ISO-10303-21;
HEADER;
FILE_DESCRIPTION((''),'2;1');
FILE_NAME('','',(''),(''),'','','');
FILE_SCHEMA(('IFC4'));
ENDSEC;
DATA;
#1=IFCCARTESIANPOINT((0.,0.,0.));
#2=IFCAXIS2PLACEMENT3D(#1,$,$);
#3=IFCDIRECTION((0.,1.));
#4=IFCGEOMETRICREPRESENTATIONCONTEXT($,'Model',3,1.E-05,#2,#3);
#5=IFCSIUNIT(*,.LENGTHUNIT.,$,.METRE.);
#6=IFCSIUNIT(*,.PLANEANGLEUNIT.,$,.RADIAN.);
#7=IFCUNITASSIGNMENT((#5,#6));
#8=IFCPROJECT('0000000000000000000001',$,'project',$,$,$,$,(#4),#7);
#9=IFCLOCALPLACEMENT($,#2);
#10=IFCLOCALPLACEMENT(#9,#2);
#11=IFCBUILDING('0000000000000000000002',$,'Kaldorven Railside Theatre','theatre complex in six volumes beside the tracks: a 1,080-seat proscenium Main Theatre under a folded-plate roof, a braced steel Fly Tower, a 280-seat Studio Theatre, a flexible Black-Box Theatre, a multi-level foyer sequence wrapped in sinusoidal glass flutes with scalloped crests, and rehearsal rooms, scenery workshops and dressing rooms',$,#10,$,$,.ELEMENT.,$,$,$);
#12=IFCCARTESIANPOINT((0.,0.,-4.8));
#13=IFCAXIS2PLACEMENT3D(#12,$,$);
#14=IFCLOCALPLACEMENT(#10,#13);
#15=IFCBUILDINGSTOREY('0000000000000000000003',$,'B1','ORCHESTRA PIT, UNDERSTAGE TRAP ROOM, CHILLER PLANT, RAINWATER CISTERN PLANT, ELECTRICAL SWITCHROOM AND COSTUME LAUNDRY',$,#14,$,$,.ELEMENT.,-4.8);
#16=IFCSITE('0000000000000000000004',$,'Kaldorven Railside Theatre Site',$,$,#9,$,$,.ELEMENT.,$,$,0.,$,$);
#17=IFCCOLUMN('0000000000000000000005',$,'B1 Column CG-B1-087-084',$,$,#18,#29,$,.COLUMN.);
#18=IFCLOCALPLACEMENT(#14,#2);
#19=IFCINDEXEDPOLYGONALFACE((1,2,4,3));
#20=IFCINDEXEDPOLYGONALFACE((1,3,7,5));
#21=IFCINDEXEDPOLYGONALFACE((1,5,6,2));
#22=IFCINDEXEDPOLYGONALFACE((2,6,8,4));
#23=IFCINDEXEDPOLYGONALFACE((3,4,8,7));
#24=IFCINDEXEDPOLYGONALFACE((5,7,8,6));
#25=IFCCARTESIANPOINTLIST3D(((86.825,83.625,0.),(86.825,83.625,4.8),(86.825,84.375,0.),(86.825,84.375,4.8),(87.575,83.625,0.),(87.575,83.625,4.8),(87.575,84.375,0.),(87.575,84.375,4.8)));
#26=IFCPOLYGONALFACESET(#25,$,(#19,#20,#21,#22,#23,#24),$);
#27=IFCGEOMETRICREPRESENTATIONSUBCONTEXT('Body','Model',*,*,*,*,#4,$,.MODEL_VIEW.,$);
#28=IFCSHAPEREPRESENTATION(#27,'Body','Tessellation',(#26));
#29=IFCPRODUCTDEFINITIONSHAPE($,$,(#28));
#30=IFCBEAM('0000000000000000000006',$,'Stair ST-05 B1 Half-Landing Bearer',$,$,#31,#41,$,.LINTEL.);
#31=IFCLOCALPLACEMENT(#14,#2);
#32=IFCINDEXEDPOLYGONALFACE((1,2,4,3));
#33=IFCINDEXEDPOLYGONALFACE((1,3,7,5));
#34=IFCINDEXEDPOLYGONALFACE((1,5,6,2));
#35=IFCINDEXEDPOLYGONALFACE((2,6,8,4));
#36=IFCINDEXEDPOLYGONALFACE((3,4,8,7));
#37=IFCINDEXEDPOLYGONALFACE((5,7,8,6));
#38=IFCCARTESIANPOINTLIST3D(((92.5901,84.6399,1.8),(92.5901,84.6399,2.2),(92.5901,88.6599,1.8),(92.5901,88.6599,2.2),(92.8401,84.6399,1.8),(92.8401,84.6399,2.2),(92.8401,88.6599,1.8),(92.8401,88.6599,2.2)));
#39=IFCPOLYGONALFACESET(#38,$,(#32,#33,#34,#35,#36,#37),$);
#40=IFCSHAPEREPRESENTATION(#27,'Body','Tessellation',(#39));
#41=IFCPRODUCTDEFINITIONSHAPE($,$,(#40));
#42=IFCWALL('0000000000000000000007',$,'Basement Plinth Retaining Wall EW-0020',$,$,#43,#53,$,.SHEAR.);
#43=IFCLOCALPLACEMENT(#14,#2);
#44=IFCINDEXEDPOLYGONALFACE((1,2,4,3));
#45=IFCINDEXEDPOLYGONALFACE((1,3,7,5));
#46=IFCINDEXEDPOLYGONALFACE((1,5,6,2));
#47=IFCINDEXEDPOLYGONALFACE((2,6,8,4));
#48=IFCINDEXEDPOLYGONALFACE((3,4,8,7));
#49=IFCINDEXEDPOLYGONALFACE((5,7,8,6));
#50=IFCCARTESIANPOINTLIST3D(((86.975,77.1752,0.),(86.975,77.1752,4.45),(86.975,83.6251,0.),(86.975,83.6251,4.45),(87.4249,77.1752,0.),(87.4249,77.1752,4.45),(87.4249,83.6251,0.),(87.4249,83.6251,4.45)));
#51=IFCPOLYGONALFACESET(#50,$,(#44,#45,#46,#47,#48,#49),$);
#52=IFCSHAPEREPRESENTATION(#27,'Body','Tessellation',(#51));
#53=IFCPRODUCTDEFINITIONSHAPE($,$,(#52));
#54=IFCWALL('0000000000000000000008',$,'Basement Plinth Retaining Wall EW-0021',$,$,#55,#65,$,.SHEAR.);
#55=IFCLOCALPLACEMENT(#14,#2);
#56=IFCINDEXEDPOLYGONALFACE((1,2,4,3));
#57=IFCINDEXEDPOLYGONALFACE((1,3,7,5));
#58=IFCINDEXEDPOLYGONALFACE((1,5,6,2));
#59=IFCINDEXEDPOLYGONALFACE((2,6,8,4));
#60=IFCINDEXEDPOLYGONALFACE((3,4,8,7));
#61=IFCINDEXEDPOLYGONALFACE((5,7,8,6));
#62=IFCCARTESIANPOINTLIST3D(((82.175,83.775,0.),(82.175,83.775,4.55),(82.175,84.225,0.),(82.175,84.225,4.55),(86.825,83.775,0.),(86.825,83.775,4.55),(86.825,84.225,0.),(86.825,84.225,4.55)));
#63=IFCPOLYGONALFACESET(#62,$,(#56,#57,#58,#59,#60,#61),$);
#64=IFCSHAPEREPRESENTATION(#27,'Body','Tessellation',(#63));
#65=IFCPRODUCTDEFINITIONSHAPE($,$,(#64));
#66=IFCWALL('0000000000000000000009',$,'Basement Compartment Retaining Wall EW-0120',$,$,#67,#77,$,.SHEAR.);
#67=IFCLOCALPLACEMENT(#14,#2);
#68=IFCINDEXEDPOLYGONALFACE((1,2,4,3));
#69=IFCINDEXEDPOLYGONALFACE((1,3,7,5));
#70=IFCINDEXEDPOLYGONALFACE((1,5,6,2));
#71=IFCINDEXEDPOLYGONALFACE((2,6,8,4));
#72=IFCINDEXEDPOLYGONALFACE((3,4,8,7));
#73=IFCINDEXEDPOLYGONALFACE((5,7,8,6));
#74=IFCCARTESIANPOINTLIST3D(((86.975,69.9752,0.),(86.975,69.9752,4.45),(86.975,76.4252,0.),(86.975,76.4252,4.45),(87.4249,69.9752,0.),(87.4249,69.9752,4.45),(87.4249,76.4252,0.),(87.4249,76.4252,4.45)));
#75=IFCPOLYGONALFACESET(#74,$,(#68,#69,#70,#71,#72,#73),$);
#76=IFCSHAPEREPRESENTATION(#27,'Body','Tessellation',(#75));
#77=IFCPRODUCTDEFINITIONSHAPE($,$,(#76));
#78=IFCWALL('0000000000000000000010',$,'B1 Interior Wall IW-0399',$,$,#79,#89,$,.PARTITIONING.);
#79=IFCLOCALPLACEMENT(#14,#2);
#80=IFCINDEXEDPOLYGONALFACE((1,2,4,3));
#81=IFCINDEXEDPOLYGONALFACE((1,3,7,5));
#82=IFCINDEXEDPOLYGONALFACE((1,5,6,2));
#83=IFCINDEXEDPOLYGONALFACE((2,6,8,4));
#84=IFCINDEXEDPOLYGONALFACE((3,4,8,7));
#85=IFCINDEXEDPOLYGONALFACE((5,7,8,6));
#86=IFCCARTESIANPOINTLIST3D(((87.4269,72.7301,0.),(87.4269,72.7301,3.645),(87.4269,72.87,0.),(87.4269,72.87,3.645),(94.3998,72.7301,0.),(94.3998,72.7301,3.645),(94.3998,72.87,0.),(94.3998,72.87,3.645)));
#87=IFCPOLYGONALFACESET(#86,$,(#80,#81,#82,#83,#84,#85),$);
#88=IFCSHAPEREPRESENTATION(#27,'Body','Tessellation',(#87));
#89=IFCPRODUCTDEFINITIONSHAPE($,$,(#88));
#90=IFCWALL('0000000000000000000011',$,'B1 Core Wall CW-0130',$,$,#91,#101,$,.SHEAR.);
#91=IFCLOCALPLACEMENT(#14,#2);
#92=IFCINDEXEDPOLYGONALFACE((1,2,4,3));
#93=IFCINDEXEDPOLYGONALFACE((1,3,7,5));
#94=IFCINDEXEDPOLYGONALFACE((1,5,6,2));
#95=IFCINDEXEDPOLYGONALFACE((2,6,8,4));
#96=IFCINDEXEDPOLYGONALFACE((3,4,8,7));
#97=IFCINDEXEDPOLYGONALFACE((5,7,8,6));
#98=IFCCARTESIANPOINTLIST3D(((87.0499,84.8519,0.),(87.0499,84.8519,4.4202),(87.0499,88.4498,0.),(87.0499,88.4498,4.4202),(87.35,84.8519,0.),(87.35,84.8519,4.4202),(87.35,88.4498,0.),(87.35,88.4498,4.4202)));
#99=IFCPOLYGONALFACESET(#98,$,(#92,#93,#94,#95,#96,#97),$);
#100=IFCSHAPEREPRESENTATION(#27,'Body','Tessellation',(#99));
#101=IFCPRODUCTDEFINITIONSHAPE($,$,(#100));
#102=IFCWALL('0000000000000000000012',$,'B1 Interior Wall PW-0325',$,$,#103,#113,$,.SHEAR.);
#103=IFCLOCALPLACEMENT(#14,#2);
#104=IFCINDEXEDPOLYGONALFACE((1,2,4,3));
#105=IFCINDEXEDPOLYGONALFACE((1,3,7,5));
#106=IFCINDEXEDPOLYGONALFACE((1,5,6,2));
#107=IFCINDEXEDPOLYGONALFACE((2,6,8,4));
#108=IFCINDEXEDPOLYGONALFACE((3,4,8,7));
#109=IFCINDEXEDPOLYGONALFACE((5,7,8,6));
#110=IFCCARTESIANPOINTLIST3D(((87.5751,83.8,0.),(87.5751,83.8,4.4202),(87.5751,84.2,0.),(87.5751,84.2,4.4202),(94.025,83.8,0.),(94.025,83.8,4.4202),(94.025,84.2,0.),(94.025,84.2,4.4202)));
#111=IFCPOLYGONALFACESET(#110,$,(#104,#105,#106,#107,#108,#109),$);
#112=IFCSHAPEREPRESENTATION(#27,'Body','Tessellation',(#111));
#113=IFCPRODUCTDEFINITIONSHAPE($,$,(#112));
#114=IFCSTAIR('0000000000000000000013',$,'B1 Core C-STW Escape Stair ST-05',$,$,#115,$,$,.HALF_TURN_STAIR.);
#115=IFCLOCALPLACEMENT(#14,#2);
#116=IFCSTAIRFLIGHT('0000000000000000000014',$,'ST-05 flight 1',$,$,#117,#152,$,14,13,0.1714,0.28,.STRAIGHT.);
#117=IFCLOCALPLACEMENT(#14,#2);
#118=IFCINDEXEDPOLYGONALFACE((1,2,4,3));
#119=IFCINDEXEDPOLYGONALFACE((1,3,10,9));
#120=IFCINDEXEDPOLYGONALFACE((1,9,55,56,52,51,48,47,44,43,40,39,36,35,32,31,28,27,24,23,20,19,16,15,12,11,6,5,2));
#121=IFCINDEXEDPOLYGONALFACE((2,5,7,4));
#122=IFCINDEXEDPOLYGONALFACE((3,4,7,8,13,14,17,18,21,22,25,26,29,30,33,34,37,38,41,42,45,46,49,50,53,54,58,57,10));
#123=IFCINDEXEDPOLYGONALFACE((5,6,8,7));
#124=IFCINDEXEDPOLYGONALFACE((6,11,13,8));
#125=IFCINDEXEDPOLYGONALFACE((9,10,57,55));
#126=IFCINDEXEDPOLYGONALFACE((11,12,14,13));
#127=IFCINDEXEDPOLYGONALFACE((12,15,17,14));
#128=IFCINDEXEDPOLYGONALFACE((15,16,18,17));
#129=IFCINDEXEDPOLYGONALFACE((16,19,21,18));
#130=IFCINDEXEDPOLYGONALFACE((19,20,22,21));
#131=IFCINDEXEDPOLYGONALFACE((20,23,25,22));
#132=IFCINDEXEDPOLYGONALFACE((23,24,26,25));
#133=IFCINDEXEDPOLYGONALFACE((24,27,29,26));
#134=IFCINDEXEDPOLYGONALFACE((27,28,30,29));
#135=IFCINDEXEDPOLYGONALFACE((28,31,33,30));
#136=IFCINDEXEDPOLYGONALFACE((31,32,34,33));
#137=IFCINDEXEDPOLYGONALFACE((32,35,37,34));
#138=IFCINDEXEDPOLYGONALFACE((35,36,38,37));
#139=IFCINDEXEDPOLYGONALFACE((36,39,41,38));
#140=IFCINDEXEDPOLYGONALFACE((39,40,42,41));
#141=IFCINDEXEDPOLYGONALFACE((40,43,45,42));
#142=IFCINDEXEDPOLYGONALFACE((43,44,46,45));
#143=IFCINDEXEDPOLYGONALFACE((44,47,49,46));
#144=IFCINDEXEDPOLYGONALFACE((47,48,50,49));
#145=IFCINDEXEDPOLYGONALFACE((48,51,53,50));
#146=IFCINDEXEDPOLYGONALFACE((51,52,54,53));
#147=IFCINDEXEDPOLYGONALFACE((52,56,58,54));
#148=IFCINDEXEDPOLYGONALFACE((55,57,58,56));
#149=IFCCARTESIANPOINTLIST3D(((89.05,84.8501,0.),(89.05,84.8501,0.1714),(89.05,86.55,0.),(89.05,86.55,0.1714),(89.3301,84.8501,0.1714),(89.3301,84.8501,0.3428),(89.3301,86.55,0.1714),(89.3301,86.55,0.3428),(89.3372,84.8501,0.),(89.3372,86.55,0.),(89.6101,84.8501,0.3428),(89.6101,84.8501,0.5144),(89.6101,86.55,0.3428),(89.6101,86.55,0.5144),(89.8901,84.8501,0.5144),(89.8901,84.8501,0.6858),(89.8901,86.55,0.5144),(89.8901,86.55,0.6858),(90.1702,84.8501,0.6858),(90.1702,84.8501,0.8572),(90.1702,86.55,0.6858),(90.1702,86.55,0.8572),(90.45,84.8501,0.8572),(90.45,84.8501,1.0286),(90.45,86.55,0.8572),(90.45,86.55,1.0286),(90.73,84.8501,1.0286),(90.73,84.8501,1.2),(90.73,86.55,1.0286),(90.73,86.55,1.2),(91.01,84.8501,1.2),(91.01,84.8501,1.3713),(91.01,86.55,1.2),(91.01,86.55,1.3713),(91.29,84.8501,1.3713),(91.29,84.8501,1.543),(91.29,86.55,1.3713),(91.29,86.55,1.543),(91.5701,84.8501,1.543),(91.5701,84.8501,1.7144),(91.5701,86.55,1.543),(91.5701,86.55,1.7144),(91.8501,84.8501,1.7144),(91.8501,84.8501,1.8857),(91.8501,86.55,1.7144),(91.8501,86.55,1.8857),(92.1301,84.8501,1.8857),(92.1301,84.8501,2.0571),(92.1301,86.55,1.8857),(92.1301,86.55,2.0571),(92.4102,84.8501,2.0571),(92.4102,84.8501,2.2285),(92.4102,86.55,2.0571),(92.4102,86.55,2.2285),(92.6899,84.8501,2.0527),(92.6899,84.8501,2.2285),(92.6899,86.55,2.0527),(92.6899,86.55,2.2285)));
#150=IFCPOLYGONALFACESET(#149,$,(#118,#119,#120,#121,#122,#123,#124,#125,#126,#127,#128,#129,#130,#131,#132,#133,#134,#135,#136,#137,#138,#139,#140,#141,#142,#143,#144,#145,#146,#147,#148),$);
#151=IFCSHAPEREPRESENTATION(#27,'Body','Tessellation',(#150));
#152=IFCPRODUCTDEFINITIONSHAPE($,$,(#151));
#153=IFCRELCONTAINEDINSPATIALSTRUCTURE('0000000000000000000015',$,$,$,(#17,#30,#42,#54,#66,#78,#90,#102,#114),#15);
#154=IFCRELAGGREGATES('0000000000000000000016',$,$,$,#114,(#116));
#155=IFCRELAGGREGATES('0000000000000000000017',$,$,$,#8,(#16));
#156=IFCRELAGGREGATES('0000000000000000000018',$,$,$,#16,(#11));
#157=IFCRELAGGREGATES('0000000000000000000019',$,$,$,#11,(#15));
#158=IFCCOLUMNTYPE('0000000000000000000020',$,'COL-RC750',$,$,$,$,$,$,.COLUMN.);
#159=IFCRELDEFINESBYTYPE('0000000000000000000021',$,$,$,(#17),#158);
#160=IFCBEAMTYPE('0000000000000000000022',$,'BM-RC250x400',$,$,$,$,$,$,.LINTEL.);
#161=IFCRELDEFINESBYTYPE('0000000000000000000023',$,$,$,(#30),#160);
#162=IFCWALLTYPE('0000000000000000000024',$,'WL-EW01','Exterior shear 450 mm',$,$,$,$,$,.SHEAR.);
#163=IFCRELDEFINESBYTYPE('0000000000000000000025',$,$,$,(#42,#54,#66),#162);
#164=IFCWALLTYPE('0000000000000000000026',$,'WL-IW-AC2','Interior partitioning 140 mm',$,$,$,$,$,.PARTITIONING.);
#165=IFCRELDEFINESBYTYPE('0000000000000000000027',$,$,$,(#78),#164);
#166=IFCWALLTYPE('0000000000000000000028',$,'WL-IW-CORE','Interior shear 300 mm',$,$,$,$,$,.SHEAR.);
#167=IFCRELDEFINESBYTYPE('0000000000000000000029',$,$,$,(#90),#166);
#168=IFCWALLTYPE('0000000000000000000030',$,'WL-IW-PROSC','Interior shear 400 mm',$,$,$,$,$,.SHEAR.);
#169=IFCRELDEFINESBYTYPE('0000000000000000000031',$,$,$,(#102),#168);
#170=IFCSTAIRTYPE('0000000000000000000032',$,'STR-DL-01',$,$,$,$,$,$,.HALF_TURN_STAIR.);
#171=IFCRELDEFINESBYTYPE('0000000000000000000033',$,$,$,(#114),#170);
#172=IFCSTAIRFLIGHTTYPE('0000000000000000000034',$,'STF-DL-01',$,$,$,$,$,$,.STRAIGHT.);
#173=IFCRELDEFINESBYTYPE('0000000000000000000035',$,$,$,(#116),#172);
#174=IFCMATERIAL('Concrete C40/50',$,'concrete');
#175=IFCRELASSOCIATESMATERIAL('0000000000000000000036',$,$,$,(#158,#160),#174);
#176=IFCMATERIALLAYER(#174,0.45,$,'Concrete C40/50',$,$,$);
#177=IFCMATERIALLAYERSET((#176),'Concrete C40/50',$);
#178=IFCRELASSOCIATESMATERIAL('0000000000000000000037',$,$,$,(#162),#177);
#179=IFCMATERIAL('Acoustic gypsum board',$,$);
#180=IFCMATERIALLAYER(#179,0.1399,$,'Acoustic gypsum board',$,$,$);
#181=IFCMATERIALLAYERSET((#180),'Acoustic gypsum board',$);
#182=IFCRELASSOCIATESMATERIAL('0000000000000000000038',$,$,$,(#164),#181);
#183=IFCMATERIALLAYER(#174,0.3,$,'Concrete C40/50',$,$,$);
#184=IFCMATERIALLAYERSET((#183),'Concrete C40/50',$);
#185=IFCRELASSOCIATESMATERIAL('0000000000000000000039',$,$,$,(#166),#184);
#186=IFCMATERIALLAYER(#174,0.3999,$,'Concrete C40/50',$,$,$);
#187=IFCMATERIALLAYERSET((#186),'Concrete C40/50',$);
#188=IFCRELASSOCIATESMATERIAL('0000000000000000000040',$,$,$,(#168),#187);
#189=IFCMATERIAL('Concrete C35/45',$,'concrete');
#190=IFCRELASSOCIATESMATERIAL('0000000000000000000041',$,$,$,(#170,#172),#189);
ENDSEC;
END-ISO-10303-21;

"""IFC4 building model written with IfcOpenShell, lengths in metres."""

from ifc_helpers import new_model, si_unit, direction, frame, frame_2d, origin, origin_2d, place, context, subcontext, project, spatial, polyline, rectangle, outline, extrude, material, layer, layer_set, material_profile, profile_set, type_object, element, aggregate, save


model = new_model("IFC4")

# Units and contexts
model_context = context("Model", 3, precision=1e-05, world=origin(), true_north=direction((0.0, 1.0)))
body_context = subcontext(model_context, "Body", "Model", "MODEL_VIEW")
ifc_project = project(units=[si_unit("LENGTHUNIT", "METRE"), si_unit("PLANEANGLEUNIT", "RADIAN")], contexts=[model_context])

# Site, building, storey
site_placement = place(None, origin())
site = spatial("IfcSite", under=ifc_project, at=site_placement, Name="Kaldorven Railside Theatre Site", CompositionType="ELEMENT", RefElevation=0.0)
building_placement = place(site_placement, origin())
building = spatial("IfcBuilding", under=site, at=building_placement, Name="Kaldorven Railside Theatre", Description="theatre complex in six volumes beside the tracks: a 1,080-seat proscenium Main Theatre under a folded-plate roof, a braced steel Fly Tower, a 280-seat Studio Theatre, a flexible Black-Box Theatre, a multi-level foyer sequence wrapped in sinusoidal glass flutes with scalloped crests, and rehearsal rooms, scenery workshops and dressing rooms", CompositionType="ELEMENT")
storey_placement = place(building_placement, frame((0.0, 0.0, -4.8)))
storey = spatial("IfcBuildingStorey", under=building, at=storey_placement, Name="B1", Description="ORCHESTRA PIT, UNDERSTAGE TRAP ROOM, CHILLER PLANT, RAINWATER CISTERN PLANT, ELECTRICAL SWITCHROOM AND COSTUME LAUNDRY", CompositionType="ELEMENT", Elevation=-4.8)

# Shared definitions
ifc_material_1 = material(Name="Concrete C40/50", Category="concrete")

# Shared definitions
ifc_material_2 = material(Name="Concrete C35/45", Category="concrete")

# Column
ifc_material_profile_1 = material_profile(ifc_material_1, rectangle(XDim=0.75, YDim=0.75, at=origin_2d()), Name="RC 750x750")
ifc_profile_set_1 = profile_set([ifc_material_profile_1], Name="Concrete C40/50")
column_type = type_object("IfcColumnType", Name="COL-RC750", PredefinedType="COLUMN", material=ifc_profile_set_1)
for number, where, z_axis, x_axis, name in (
    (1, (87.2, 84.0, 0.0), (0.0, 0.0, 1.0), (0.0, 1.0, 0.0), "B1 Column CG-B1-087-084"),
):
    element("IfcColumn", number, at=place(storey_placement, frame(where, z_axis=z_axis, x_axis=x_axis)), inside=storey, type_object=column_type, Name=name, PredefinedType="COLUMN", context=body_context, shape_type="SweptSolid", body=[
        extrude(rectangle(XDim=0.75, YDim=0.75, at=origin_2d()), origin(), (0.0, 0.0, 1.0), 4.8),
    ])

# Beam
ifc_material_profile_2 = material_profile(ifc_material_1, rectangle(XDim=0.25, YDim=0.3999, at=origin_2d()), Name="RC 250x400")
ifc_profile_set_2 = profile_set([ifc_material_profile_2], Name="Concrete C40/50")
beam_type = type_object("IfcBeamType", Name="BM-RC250x400", PredefinedType="LINTEL", material=ifc_profile_set_2)
beam_placement = place(storey_placement, frame((92.7151, 84.6399, 2.0), z_axis=(0.0, 1.0, 0.0), x_axis=(-1.0, 0.0, 0.0)))
element("IfcBeam", 2, at=beam_placement, inside=storey, type_object=beam_type, Name="Stair ST-05 B1 Half-Landing Bearer", PredefinedType="LINTEL", context=body_context, shape_type="SweptSolid", body=[
    extrude(rectangle(XDim=0.25, YDim=0.3999, at=origin_2d()), origin(), (0.0, 0.0, 1.0), 4.02),
])

# Walls
ifc_layer_1 = layer(ifc_material_1, 0.45, Name="Concrete C40/50")
ifc_layer_set_1 = layer_set([ifc_layer_1], Name="Concrete C40/50")
wall_type_1 = type_object("IfcWallType", Name="WL-EW01", Description="Exterior shear 450 mm", PredefinedType="SHEAR", material=ifc_layer_set_1)
wall_1_placement = place(storey_placement, frame((87.2, 77.175, 0.0), z_axis=(0.0, 0.0, 1.0), x_axis=(0.0, 1.0, 0.0)))
element("IfcWall", 3, at=wall_1_placement, inside=storey, type_object=wall_type_1, Name="Basement Plinth Retaining Wall EW-0020", PredefinedType="SHEAR", context=body_context, shape_type="SweptSolid", body=[
    extrude(rectangle(XDim=6.45, YDim=0.45, at=frame_2d((3.2251, 0.0))), origin(), (0.0, 0.0, 1.0), 4.45),
])
wall_2_placement = place(storey_placement, frame((86.825, 84.0, 0.0), z_axis=(0.0, 0.0, 1.0), x_axis=(-1.0, 0.0, 0.0)))
element("IfcWall", 4, at=wall_2_placement, inside=storey, type_object=wall_type_1, Name="Basement Plinth Retaining Wall EW-0021", PredefinedType="SHEAR", context=body_context, shape_type="SweptSolid", body=[
    extrude(rectangle(XDim=4.6499, YDim=0.45, at=frame_2d((2.325, 0.0))), origin(), (0.0, 0.0, 1.0), 4.55),
])
wall_3_placement = place(storey_placement, frame((87.2, 69.9751, 0.0), z_axis=(0.0, 0.0, 1.0), x_axis=(0.0, 1.0, 0.0)))
element("IfcWall", 5, at=wall_3_placement, inside=storey, type_object=wall_type_1, Name="Basement Compartment Retaining Wall EW-0120", PredefinedType="SHEAR", context=body_context, shape_type="SweptSolid", body=[
    extrude(rectangle(XDim=6.45, YDim=0.45, at=frame_2d((3.2251, 0.0))), origin(), (0.0, 0.0, 1.0), 4.45),
])
ifc_material_3 = material(Name="Acoustic gypsum board")
ifc_layer_2 = layer(ifc_material_3, 0.1399, Name="Acoustic gypsum board")
ifc_layer_set_2 = layer_set([ifc_layer_2], Name="Acoustic gypsum board")
wall_type_2 = type_object("IfcWallType", Name="WL-IW-AC2", Description="Interior partitioning 140 mm", PredefinedType="PARTITIONING", material=ifc_layer_set_2)
wall_4_placement = place(storey_placement, frame((87.427, 72.8, 0.0), z_axis=(0.0, 0.0, 1.0), x_axis=(1.0, 0.0, 0.0)))
element("IfcWall", 6, at=wall_4_placement, inside=storey, type_object=wall_type_2, Name="B1 Interior Wall IW-0399", PredefinedType="PARTITIONING", context=body_context, shape_type="SweptSolid", body=[
    extrude(rectangle(XDim=6.9729, YDim=0.1399, at=frame_2d((3.4863, 0.0))), origin(), (0.0, 0.0, 1.0), 3.645),
])
ifc_layer_3 = layer(ifc_material_1, 0.3, Name="Concrete C40/50")
ifc_layer_set_3 = layer_set([ifc_layer_3], Name="Concrete C40/50")
wall_type_3 = type_object("IfcWallType", Name="WL-IW-CORE", Description="Interior shear 300 mm", PredefinedType="SHEAR", material=ifc_layer_set_3)
wall_5_placement = place(storey_placement, frame((87.2, 84.8521, 0.0), z_axis=(0.0, 0.0, 1.0), x_axis=(0.0, 1.0, 0.0)))
element("IfcWall", 7, at=wall_5_placement, inside=storey, type_object=wall_type_3, Name="B1 Core Wall CW-0130", PredefinedType="SHEAR", context=body_context, shape_type="SweptSolid", body=[
    extrude(rectangle(XDim=3.5979, YDim=0.3, at=frame_2d((1.7988, 0.0))), origin(), (0.0, 0.0, 1.0), 4.4202),
])
ifc_layer_4 = layer(ifc_material_1, 0.3999, Name="Concrete C40/50")
ifc_layer_set_4 = layer_set([ifc_layer_4], Name="Concrete C40/50")
wall_type_4 = type_object("IfcWallType", Name="WL-IW-PROSC", Description="Interior shear 400 mm", PredefinedType="SHEAR", material=ifc_layer_set_4)
wall_6_placement = place(storey_placement, frame((87.575, 84.0, 0.0), z_axis=(0.0, 0.0, 1.0), x_axis=(1.0, 0.0, 0.0)))
element("IfcWall", 8, at=wall_6_placement, inside=storey, type_object=wall_type_4, Name="B1 Interior Wall PW-0325", PredefinedType="SHEAR", context=body_context, shape_type="SweptSolid", body=[
    extrude(rectangle(XDim=6.45, YDim=0.3999, at=frame_2d((3.2251, 0.0))), origin(), (0.0, 0.0, 1.0), 4.4202),
])

# Stair, stair flight
stair_type = type_object("IfcStairType", Name="STR-DL-01", PredefinedType="HALF_TURN_STAIR", material=ifc_material_2)
stair_placement = place(storey_placement, origin())
stair = element("IfcStair", 9, at=stair_placement, inside=storey, type_object=stair_type, Name="B1 Core C-STW Escape Stair ST-05", PredefinedType="HALF_TURN_STAIR")
stair_flight_type = type_object("IfcStairFlightType", Name="STF-DL-01", PredefinedType="STRAIGHT", material=ifc_material_2)
stair_flight_placement = place(storey_placement, frame((89.05, 85.7, 0.0), z_axis=(0.0, 0.0, 1.0), x_axis=(1.0, 0.0, 0.0)))
stair_flight = element("IfcStairFlight", 10, at=stair_flight_placement, type_object=stair_flight_type, Name="ST-05 flight 1", NumberOfRisers=14, NumberOfTreads=13, PredefinedType="STRAIGHT", RiserHeight=0.1714, TreadLength=0.28, context=body_context, shape_type="SweptSolid", body=[
    extrude(outline(polyline([(0.0, 0.0), (0.0, 0.1714), (0.28, 0.1714), (0.28, 0.3428), (0.5601, 0.3428), (0.5601, 0.5144), (0.8401, 0.5144), (0.8401, 0.6858), (1.1201, 0.6858), (1.1201, 0.8572), (1.3999, 0.8572), (1.3999, 1.0286), (1.6799, 1.0286), (1.6799, 1.2), (1.96, 1.2), (1.96, 1.3713), (2.24, 1.3713), (2.24, 1.543), (2.52, 1.543), (2.52, 1.7144), (2.8, 1.7144), (2.8, 1.8857), (3.0801, 1.8857), (3.0801, 2.0571), (3.3601, 2.0571), (3.3601, 2.2285), (3.6399, 2.2285), (3.6399, 2.3999), (3.6399, 2.0527), (0.2871, 0.0), (0.0, 0.0)])), frame((0.0, 0.8501, 0.0), z_axis=(0.0, -1.0, 0.0), x_axis=(1.0, 0.0, 0.0)), (0.0, 0.0, 1.0), 1.7),
])
aggregate(stair, [stair_flight])

save(model, "model.ifc")
